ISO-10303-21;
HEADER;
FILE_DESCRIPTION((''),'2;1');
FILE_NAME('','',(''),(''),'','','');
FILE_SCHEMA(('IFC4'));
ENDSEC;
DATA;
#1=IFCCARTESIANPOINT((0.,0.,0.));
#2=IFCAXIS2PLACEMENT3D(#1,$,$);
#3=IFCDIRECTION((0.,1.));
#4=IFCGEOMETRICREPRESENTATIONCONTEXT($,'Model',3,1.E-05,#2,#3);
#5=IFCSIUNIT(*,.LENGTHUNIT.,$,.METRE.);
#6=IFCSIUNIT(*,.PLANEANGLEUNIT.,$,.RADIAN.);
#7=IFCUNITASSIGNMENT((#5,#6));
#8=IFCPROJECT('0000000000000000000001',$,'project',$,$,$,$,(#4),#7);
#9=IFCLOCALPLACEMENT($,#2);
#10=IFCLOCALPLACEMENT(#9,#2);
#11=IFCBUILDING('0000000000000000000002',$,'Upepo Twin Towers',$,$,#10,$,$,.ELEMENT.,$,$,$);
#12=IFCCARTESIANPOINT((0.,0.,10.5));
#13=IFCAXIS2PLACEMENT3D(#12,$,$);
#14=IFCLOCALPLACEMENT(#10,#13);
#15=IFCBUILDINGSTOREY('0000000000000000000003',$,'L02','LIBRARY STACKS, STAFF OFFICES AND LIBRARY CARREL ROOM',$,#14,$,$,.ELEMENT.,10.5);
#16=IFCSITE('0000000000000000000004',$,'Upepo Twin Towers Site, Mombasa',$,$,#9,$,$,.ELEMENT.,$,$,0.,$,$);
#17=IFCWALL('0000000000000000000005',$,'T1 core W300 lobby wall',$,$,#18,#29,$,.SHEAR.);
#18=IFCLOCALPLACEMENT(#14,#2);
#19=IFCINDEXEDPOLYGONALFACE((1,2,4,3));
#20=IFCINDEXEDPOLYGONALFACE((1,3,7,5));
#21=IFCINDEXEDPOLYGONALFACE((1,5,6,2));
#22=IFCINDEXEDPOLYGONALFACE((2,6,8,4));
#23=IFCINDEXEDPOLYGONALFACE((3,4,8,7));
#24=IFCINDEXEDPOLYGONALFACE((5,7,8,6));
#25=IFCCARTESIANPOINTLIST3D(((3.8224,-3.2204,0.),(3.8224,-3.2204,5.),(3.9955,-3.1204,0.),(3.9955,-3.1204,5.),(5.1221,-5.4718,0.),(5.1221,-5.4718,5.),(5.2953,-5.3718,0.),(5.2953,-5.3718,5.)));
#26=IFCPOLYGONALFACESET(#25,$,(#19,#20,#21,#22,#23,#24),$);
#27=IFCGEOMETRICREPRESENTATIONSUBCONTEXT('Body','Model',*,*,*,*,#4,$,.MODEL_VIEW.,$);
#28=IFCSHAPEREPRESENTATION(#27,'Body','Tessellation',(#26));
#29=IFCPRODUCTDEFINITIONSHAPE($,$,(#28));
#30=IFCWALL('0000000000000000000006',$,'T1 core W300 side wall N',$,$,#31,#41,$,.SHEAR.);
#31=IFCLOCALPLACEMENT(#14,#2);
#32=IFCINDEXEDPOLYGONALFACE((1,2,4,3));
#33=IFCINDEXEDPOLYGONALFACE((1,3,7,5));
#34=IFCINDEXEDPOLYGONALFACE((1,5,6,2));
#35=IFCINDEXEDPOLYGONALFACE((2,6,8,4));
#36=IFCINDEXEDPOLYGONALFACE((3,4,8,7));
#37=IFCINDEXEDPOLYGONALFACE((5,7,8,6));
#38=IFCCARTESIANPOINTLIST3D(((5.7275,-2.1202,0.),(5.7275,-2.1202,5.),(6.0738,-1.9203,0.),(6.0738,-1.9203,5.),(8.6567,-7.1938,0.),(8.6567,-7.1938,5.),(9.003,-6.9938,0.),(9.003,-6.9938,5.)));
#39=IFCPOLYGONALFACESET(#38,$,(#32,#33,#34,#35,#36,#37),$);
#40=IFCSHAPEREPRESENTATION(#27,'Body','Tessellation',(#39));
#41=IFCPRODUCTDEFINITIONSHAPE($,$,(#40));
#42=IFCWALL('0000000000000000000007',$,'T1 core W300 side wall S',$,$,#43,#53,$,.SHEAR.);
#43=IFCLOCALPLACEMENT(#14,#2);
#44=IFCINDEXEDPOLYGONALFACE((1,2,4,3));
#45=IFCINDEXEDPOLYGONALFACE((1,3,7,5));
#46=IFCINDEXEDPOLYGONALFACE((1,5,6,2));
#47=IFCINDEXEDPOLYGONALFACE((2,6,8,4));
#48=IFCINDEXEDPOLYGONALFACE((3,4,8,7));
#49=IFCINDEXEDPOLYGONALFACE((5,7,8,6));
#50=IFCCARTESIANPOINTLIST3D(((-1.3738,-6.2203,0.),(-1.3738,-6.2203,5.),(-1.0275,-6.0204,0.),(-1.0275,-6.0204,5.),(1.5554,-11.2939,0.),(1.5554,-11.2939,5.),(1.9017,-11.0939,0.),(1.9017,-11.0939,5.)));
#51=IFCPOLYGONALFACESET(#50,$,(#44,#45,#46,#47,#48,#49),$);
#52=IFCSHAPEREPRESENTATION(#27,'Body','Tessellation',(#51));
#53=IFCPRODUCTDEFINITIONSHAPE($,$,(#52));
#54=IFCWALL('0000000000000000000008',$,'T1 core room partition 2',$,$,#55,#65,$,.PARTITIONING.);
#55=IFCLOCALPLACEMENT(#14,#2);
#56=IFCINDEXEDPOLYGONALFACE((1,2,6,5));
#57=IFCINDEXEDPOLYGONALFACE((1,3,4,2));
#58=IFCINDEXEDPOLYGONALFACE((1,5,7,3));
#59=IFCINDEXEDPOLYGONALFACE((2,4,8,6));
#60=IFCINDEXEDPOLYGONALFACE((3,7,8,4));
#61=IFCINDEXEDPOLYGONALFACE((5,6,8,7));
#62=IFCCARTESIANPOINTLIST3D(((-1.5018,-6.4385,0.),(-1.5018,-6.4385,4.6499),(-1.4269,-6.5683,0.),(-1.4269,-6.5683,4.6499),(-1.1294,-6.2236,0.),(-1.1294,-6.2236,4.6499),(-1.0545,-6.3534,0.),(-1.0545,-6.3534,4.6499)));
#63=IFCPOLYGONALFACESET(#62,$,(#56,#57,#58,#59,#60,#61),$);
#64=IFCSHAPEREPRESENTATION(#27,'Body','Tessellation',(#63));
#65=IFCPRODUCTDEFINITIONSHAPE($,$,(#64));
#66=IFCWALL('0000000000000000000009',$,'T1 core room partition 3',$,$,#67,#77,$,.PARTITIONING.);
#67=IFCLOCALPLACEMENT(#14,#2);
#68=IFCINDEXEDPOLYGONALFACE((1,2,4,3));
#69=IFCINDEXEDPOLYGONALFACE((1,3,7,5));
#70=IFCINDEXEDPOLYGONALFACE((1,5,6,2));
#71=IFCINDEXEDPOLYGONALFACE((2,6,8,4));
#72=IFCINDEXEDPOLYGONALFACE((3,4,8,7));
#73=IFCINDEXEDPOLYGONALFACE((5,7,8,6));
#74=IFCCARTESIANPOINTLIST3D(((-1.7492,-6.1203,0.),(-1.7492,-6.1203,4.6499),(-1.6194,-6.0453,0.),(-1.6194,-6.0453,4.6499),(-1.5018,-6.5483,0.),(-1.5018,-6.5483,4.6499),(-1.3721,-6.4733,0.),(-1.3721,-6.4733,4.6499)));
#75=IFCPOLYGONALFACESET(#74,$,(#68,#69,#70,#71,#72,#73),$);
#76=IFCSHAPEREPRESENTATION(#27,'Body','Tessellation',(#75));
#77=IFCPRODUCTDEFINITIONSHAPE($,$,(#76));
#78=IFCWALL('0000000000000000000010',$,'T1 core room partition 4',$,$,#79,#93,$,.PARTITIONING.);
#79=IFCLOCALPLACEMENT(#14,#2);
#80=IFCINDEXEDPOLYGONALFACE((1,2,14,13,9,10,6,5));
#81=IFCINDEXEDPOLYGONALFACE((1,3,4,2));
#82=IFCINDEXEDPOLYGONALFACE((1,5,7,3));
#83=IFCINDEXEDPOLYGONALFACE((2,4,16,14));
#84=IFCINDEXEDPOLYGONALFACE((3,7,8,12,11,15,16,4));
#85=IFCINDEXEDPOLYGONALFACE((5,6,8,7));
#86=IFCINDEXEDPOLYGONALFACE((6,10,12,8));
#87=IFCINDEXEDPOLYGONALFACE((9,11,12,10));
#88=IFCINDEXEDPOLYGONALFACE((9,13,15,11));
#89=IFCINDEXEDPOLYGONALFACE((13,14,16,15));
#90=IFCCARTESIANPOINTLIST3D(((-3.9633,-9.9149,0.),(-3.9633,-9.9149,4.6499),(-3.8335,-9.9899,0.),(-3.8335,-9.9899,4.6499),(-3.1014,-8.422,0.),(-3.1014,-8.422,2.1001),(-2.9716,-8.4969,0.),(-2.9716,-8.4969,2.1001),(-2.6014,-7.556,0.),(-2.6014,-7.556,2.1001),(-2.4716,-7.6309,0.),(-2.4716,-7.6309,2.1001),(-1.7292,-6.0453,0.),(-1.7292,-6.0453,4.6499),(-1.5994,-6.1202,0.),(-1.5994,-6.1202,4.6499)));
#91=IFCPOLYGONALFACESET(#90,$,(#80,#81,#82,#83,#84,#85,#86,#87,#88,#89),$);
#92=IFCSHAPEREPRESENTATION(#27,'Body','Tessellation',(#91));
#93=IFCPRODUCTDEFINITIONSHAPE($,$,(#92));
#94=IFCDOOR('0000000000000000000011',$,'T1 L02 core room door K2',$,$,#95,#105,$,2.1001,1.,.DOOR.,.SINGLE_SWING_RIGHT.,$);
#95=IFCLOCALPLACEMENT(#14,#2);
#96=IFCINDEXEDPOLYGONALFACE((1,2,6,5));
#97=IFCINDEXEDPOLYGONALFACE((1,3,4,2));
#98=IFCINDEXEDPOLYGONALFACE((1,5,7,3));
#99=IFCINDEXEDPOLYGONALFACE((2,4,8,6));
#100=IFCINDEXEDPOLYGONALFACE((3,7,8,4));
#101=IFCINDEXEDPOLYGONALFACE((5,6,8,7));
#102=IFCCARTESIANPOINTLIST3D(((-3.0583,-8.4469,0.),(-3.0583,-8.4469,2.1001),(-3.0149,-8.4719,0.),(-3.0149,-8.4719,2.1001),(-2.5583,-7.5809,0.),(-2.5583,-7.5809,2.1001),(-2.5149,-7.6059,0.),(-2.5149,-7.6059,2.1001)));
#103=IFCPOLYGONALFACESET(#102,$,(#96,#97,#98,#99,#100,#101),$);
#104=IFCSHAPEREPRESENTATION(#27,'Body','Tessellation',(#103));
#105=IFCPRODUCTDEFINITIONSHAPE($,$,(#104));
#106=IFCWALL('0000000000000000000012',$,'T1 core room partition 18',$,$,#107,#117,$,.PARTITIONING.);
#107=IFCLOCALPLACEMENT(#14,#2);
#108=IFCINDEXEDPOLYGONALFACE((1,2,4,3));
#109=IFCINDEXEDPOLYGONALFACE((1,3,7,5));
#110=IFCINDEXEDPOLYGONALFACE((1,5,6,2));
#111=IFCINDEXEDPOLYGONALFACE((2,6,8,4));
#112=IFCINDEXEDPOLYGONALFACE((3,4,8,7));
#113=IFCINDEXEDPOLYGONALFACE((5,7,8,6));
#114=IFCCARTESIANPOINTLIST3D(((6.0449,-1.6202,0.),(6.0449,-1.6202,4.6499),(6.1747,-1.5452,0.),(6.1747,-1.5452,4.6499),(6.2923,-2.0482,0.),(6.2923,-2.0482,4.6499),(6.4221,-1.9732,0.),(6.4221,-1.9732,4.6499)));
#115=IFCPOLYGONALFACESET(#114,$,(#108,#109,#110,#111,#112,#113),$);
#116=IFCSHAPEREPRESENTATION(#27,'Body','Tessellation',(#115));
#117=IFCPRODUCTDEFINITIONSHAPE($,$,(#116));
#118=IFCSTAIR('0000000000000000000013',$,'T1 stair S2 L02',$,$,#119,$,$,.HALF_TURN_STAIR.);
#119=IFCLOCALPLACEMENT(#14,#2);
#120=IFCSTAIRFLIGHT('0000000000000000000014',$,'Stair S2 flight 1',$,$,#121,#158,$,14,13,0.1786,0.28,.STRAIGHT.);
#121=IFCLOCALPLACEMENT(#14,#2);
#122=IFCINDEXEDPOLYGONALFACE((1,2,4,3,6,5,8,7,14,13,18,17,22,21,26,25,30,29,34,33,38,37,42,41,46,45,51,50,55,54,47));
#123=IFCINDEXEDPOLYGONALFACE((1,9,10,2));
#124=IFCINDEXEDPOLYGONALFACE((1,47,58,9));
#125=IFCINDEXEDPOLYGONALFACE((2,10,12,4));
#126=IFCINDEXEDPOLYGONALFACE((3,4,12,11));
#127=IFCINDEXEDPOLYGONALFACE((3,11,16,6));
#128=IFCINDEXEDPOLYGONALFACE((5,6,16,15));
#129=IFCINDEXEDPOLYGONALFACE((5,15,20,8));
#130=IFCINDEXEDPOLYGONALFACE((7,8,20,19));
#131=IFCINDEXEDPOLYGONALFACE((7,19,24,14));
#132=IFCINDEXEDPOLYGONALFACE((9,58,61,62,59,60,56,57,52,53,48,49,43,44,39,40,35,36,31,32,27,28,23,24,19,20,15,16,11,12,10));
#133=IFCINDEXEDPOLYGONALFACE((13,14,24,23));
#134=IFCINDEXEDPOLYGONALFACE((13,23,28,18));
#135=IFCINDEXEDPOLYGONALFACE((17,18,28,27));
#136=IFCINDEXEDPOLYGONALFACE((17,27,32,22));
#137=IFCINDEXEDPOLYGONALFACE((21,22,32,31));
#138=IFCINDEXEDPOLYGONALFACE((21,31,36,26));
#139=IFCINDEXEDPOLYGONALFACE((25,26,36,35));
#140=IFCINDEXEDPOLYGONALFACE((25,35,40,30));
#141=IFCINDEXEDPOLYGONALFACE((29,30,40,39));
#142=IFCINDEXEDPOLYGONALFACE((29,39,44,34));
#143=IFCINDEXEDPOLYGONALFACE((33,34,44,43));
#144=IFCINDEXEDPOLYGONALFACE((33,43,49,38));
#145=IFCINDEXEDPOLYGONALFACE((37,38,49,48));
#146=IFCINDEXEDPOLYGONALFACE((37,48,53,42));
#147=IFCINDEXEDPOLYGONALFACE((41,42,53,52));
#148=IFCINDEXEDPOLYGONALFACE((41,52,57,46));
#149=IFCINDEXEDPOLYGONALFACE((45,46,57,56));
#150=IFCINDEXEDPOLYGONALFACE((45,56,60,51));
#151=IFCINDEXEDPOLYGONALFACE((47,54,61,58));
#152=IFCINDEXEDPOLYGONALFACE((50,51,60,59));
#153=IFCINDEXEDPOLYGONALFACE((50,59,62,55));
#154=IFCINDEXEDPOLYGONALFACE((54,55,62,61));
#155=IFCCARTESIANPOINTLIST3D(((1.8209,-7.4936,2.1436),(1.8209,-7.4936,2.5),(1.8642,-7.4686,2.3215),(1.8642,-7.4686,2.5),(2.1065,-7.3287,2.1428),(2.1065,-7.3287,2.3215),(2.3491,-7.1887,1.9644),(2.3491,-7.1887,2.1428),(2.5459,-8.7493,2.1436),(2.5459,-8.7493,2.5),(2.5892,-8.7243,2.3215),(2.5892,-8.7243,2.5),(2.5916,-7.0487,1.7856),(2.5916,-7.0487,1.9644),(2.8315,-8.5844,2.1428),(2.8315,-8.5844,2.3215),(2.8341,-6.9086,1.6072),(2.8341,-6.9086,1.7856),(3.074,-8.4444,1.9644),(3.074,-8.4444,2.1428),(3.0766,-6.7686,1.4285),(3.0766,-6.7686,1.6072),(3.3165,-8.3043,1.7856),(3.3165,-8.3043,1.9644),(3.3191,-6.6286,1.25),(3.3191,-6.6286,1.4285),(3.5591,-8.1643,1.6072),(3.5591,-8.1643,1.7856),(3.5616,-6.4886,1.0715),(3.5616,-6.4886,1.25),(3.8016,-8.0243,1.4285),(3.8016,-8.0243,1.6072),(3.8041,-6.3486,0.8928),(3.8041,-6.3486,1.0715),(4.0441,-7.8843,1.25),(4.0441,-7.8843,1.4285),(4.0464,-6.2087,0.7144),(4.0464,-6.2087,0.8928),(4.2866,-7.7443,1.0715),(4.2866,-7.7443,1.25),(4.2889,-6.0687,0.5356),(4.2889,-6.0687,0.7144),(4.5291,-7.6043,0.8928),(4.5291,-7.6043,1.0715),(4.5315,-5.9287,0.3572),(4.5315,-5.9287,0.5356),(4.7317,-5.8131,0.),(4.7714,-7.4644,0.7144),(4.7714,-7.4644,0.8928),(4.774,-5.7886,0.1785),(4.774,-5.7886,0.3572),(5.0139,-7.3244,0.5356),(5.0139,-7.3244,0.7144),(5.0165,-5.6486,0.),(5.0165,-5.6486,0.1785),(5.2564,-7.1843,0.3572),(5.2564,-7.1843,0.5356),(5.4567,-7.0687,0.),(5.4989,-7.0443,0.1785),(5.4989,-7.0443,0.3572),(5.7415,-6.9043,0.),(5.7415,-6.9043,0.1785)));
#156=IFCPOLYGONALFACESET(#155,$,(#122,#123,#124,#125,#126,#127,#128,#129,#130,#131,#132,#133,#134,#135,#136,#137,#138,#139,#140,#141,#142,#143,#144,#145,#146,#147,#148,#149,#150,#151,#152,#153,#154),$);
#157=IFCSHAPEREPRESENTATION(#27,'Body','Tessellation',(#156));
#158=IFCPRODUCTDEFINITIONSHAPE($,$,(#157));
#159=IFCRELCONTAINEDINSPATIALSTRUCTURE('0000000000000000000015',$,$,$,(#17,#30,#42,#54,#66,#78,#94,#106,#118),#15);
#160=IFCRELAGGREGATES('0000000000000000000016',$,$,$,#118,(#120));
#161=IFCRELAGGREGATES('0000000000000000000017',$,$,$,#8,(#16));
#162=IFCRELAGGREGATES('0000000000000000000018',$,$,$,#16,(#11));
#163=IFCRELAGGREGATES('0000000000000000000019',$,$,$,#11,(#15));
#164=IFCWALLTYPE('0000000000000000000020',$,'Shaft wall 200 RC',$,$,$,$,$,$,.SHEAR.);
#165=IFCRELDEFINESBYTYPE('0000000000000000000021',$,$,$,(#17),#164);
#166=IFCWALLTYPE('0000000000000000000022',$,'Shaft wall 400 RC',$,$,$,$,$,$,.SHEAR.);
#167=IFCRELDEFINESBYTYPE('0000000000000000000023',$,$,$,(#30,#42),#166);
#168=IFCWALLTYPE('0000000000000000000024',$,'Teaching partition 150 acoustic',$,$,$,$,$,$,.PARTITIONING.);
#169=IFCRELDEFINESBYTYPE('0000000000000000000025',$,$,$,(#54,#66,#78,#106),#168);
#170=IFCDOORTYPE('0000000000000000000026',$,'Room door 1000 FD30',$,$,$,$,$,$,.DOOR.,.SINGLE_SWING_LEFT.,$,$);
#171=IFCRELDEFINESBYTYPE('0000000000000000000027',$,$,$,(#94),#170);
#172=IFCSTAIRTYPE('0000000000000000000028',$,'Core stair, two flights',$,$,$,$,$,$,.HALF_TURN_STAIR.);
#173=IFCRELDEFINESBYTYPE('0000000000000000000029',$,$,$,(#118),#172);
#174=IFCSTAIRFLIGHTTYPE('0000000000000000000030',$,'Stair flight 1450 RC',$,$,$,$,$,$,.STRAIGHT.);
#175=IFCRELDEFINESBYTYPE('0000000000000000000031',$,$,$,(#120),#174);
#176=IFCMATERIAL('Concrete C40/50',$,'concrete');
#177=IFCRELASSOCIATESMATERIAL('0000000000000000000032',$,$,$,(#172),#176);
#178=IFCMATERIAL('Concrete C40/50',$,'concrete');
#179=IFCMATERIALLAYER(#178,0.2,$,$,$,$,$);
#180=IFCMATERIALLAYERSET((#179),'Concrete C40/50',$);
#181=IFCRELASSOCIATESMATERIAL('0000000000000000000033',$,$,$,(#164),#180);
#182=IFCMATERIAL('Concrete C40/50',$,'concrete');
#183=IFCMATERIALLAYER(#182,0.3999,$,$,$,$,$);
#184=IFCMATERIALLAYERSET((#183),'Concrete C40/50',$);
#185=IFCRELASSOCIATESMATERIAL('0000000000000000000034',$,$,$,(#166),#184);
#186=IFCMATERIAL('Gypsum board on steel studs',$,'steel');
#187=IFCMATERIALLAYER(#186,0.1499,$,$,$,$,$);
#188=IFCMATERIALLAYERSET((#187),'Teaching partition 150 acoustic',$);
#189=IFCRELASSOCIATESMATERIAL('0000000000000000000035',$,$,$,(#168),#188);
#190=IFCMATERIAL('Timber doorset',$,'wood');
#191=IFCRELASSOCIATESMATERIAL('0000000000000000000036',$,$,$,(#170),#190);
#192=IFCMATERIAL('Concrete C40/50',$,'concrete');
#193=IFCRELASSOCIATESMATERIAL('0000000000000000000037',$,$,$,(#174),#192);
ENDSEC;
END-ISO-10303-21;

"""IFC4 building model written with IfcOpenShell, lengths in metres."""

from ifc_helpers import new_model, si_unit, direction, frame, frame_2d, origin, place, context, subcontext, project, spatial, polyline, rectangle, outline, extrude, material, layer, layer_set, type_object, element, fill, aggregate, save


model = new_model("IFC4")

# Units and contexts
model_context = context("Model", 3, precision=1e-05, world=origin(), true_north=direction((0.0, 1.0)))
body_context = subcontext(model_context, "Body", "Model", "MODEL_VIEW")
ifc_project = project(units=[si_unit("LENGTHUNIT", "METRE"), si_unit("PLANEANGLEUNIT", "RADIAN")], contexts=[model_context])

# Site, building, storey
site_placement = place(None, origin())
site = spatial("IfcSite", under=ifc_project, at=site_placement, Name="Upepo Twin Towers Site, Mombasa", CompositionType="ELEMENT", RefElevation=0.0)
building_placement = place(site_placement, origin())
building = spatial("IfcBuilding", under=site, at=building_placement, Name="Upepo Twin Towers", CompositionType="ELEMENT")
storey_placement = place(building_placement, frame((0.0, 0.0, 10.5)))
storey = spatial("IfcBuildingStorey", under=building, at=storey_placement, Name="L02", Description="LIBRARY STACKS, STAFF OFFICES AND LIBRARY CARREL ROOM", CompositionType="ELEMENT", Elevation=10.5)

# Shared definitions
ifc_material_1 = material(Name="Concrete C40/50", Category="concrete")
stair_type = type_object("IfcStairType", Name="Core stair, two flights", PredefinedType="HALF_TURN_STAIR", material=ifc_material_1)

# Shared definitions
ifc_material_2 = material(Name="Concrete C40/50", Category="concrete")
ifc_layer_1 = layer(ifc_material_2, 0.2)
ifc_layer_set_1 = layer_set([ifc_layer_1], Name="Concrete C40/50")
wall_type_1 = type_object("IfcWallType", Name="Shaft wall 200 RC", PredefinedType="SHEAR", material=ifc_layer_set_1)

# Walls
wall_1_placement = place(storey_placement, frame((3.9089, -3.1704, 0.0), z_axis=(0.0, 0.0, 1.0), x_axis=(0.499977, -0.866039, 0.0)))
element("IfcWall", 1, at=wall_1_placement, inside=storey, type_object=wall_type_1, Name="T1 core W300 lobby wall", PredefinedType="SHEAR", context=body_context, shape_type="SweptSolid", body=[
    extrude(rectangle(XDim=2.5996, YDim=0.2, at=frame_2d((1.2998, 0.0))), origin(), (0.0, 0.0, 1.0), 5.0),
])
ifc_material_3 = material(Name="Concrete C40/50", Category="concrete")
ifc_layer_2 = layer(ifc_material_3, 0.3999)
ifc_layer_set_2 = layer_set([ifc_layer_2], Name="Concrete C40/50")
wall_type_2 = type_object("IfcWallType", Name="Shaft wall 400 RC", PredefinedType="SHEAR", material=ifc_layer_set_2)
for number, where, z_axis, x_axis, name in (
    (2, (5.9006, -2.0203, 0.0), (0.0, 0.0, 1.0), (0.500003, -0.866024, 0.0), "T1 core W300 side wall N"),
    (3, (-1.2007, -6.1204, 0.0), (0.0, 0.0, 1.0), (0.500003, -0.866024, 0.0), "T1 core W300 side wall S"),
):
    element("IfcWall", number, at=place(storey_placement, frame(where, z_axis=z_axis, x_axis=x_axis)), inside=storey, type_object=wall_type_2, Name=name, PredefinedType="SHEAR", context=body_context, shape_type="SweptSolid", body=[
        extrude(rectangle(XDim=5.8584, YDim=0.3999, at=frame_2d((2.9292, 0.0))), origin(), (0.0, 0.0, 1.0), 5.0),
    ])
ifc_material_4 = material(Name="Gypsum board on steel studs", Category="steel")
ifc_layer_3 = layer(ifc_material_4, 0.1499)
ifc_layer_set_3 = layer_set([ifc_layer_3], Name="Teaching partition 150 acoustic")
wall_type_3 = type_object("IfcWallType", Name="Teaching partition 150 acoustic", PredefinedType="PARTITIONING", material=ifc_layer_set_3)
wall_2_placement = place(storey_placement, frame((-1.092, -6.2886, 0.0), z_axis=(0.0, 0.0, 1.0), x_axis=(-0.866138, -0.499804, 0.0)))
element("IfcWall", 4, at=wall_2_placement, inside=storey, type_object=wall_type_3, Name="T1 core room partition 2", PredefinedType="PARTITIONING", context=body_context, shape_type="SweptSolid", body=[
    extrude(rectangle(XDim=0.4299, YDim=0.1499, at=frame_2d((0.2148, 0.0))), origin(), (0.0, 0.0, 1.0), 4.6499),
])
wall_3_placement = place(storey_placement, frame((-1.437, -6.5107, 0.0), z_axis=(0.0, 0.0, 1.0), x_axis=(-0.500335, 0.865832, 0.0)))
element("IfcWall", 5, at=wall_3_placement, inside=storey, type_object=wall_type_3, Name="T1 core room partition 3", PredefinedType="PARTITIONING", context=body_context, shape_type="SweptSolid", body=[
    extrude(rectangle(XDim=0.4944, YDim=0.1499, at=frame_2d((0.2471, 0.0))), origin(), (0.0, 0.0, 1.0), 4.6499),
])

# Wall, opening, door
wall_4_placement = place(storey_placement, frame((-1.6643, -6.0828, 0.0), z_axis=(0.0, 0.0, 1.0), x_axis=(-0.5, -0.866025, 0.0)))
wall_4 = element("IfcWall", 6, at=wall_4_placement, inside=storey, type_object=wall_type_3, Name="T1 core room partition 4", PredefinedType="PARTITIONING", context=body_context, shape_type="SweptSolid", body=[
    extrude(rectangle(XDim=4.4683, YDim=0.1499, at=frame_2d((2.2341, 0.0))), origin(), (0.0, 0.0, 1.0), 4.6499),
])
opening_1_placement = place(wall_4_placement, frame((1.7444, 0.0, 0.0)))
opening_1 = element("IfcOpeningElement", 7, at=opening_1_placement, cuts=wall_4, PredefinedType="OPENING", context=body_context, shape_type="SweptSolid", body=[
    extrude(rectangle(XDim=1.0, YDim=2.1001, at=frame_2d((0.5, 1.05))), frame((0.0, 0.085, 0.0), z_axis=(0.0, -1.0, 0.0), x_axis=(1.0, 0.0, 0.0)), (0.0, 0.0, 1.0), 0.1699),
])
ifc_material_5 = material(Name="Timber doorset", Category="wood")
door_type_1 = type_object("IfcDoorType", Name="Room door 1000 FD30", OperationType="SINGLE_SWING_LEFT", PredefinedType="DOOR", material=ifc_material_5)
door_1_placement = place(opening_1_placement, origin())
door_1 = element("IfcDoor", 8, at=door_1_placement, inside=storey, type_object=door_type_1, Name="T1 L02 core room door K2", OperationType="SINGLE_SWING_RIGHT", OverallHeight=2.1001, OverallWidth=1.0, PredefinedType="DOOR", context=body_context, shape_type="SweptSolid", body=[
    extrude(rectangle(XDim=1.0, YDim=2.1001, at=frame_2d((0.5, 1.05))), frame((0.0, 0.0249, 0.0), z_axis=(0.0, -1.0, 0.0), x_axis=(1.0, 0.0, 0.0)), (0.0, 0.0, 1.0), 0.05),
])
fill(opening_1, door_1)

# Wall
wall_5_placement = place(storey_placement, frame((6.1099, -1.5828, 0.0), z_axis=(0.0, 0.0, 1.0), x_axis=(0.500335, -0.865832, 0.0)))
element("IfcWall", 9, at=wall_5_placement, inside=storey, type_object=wall_type_3, Name="T1 core room partition 18", PredefinedType="PARTITIONING", context=body_context, shape_type="SweptSolid", body=[
    extrude(rectangle(XDim=0.4944, YDim=0.1499, at=frame_2d((0.2471, 0.0))), origin(), (0.0, 0.0, 1.0), 4.6499),
])

# Stair, stair flight
stair_1_placement = place(storey_placement, origin())
stair_1 = element("IfcStair", 10, at=stair_1_placement, inside=storey, type_object=stair_type, Name="T1 stair S2 L02", PredefinedType="HALF_TURN_STAIR")
ifc_material_6 = material(Name="Concrete C40/50", Category="concrete")
stair_flight_type = type_object("IfcStairFlightType", Name="Stair flight 1450 RC", PredefinedType="STRAIGHT", material=ifc_material_6)
stair_flight_placement = place(storey_placement, frame((5.3789, -6.2764, 0.0), z_axis=(0.0, 0.0, 1.0), x_axis=(-0.866025, -0.5, 0.0)))
stair_flight = element("IfcStairFlight", 11, at=stair_flight_placement, type_object=stair_flight_type, Name="Stair S2 flight 1", NumberOfRisers=14, NumberOfTreads=13, PredefinedType="STRAIGHT", RiserHeight=0.1786, TreadLength=0.28, context=body_context, shape_type="SweptSolid", body=[
    extrude(outline(polyline([(0.0, 0.0), (0.0, 0.1785), (0.28, 0.1785), (0.28, 0.3572), (0.5601, 0.3572), (0.5601, 0.5356), (0.8401, 0.5356), (0.8401, 0.7144), (1.1201, 0.7144), (1.1201, 0.8928), (1.3999, 0.8928), (1.3999, 1.0715), (1.6799, 1.0715), (1.6799, 1.25), (1.96, 1.25), (1.96, 1.4285), (2.24, 1.4285), (2.24, 1.6072), (2.52, 1.6072), (2.52, 1.7856), (2.8, 1.7856), (2.8, 1.9644), (3.0801, 1.9644), (3.0801, 2.1428), (3.3601, 2.1428), (3.3601, 2.3215), (3.6399, 2.3215), (3.6399, 2.5), (3.6899, 2.5), (3.6899, 2.1436), (0.3289, 0.0), (0.0, 0.0)])), frame((0.0, 0.7251, 0.0), z_axis=(0.0, -1.0, 0.0), x_axis=(1.0, 0.0, 0.0)), (0.0, 0.0, 1.0), 1.45),
])
aggregate(stair_1, [stair_flight])

save(model, "model.ifc")
